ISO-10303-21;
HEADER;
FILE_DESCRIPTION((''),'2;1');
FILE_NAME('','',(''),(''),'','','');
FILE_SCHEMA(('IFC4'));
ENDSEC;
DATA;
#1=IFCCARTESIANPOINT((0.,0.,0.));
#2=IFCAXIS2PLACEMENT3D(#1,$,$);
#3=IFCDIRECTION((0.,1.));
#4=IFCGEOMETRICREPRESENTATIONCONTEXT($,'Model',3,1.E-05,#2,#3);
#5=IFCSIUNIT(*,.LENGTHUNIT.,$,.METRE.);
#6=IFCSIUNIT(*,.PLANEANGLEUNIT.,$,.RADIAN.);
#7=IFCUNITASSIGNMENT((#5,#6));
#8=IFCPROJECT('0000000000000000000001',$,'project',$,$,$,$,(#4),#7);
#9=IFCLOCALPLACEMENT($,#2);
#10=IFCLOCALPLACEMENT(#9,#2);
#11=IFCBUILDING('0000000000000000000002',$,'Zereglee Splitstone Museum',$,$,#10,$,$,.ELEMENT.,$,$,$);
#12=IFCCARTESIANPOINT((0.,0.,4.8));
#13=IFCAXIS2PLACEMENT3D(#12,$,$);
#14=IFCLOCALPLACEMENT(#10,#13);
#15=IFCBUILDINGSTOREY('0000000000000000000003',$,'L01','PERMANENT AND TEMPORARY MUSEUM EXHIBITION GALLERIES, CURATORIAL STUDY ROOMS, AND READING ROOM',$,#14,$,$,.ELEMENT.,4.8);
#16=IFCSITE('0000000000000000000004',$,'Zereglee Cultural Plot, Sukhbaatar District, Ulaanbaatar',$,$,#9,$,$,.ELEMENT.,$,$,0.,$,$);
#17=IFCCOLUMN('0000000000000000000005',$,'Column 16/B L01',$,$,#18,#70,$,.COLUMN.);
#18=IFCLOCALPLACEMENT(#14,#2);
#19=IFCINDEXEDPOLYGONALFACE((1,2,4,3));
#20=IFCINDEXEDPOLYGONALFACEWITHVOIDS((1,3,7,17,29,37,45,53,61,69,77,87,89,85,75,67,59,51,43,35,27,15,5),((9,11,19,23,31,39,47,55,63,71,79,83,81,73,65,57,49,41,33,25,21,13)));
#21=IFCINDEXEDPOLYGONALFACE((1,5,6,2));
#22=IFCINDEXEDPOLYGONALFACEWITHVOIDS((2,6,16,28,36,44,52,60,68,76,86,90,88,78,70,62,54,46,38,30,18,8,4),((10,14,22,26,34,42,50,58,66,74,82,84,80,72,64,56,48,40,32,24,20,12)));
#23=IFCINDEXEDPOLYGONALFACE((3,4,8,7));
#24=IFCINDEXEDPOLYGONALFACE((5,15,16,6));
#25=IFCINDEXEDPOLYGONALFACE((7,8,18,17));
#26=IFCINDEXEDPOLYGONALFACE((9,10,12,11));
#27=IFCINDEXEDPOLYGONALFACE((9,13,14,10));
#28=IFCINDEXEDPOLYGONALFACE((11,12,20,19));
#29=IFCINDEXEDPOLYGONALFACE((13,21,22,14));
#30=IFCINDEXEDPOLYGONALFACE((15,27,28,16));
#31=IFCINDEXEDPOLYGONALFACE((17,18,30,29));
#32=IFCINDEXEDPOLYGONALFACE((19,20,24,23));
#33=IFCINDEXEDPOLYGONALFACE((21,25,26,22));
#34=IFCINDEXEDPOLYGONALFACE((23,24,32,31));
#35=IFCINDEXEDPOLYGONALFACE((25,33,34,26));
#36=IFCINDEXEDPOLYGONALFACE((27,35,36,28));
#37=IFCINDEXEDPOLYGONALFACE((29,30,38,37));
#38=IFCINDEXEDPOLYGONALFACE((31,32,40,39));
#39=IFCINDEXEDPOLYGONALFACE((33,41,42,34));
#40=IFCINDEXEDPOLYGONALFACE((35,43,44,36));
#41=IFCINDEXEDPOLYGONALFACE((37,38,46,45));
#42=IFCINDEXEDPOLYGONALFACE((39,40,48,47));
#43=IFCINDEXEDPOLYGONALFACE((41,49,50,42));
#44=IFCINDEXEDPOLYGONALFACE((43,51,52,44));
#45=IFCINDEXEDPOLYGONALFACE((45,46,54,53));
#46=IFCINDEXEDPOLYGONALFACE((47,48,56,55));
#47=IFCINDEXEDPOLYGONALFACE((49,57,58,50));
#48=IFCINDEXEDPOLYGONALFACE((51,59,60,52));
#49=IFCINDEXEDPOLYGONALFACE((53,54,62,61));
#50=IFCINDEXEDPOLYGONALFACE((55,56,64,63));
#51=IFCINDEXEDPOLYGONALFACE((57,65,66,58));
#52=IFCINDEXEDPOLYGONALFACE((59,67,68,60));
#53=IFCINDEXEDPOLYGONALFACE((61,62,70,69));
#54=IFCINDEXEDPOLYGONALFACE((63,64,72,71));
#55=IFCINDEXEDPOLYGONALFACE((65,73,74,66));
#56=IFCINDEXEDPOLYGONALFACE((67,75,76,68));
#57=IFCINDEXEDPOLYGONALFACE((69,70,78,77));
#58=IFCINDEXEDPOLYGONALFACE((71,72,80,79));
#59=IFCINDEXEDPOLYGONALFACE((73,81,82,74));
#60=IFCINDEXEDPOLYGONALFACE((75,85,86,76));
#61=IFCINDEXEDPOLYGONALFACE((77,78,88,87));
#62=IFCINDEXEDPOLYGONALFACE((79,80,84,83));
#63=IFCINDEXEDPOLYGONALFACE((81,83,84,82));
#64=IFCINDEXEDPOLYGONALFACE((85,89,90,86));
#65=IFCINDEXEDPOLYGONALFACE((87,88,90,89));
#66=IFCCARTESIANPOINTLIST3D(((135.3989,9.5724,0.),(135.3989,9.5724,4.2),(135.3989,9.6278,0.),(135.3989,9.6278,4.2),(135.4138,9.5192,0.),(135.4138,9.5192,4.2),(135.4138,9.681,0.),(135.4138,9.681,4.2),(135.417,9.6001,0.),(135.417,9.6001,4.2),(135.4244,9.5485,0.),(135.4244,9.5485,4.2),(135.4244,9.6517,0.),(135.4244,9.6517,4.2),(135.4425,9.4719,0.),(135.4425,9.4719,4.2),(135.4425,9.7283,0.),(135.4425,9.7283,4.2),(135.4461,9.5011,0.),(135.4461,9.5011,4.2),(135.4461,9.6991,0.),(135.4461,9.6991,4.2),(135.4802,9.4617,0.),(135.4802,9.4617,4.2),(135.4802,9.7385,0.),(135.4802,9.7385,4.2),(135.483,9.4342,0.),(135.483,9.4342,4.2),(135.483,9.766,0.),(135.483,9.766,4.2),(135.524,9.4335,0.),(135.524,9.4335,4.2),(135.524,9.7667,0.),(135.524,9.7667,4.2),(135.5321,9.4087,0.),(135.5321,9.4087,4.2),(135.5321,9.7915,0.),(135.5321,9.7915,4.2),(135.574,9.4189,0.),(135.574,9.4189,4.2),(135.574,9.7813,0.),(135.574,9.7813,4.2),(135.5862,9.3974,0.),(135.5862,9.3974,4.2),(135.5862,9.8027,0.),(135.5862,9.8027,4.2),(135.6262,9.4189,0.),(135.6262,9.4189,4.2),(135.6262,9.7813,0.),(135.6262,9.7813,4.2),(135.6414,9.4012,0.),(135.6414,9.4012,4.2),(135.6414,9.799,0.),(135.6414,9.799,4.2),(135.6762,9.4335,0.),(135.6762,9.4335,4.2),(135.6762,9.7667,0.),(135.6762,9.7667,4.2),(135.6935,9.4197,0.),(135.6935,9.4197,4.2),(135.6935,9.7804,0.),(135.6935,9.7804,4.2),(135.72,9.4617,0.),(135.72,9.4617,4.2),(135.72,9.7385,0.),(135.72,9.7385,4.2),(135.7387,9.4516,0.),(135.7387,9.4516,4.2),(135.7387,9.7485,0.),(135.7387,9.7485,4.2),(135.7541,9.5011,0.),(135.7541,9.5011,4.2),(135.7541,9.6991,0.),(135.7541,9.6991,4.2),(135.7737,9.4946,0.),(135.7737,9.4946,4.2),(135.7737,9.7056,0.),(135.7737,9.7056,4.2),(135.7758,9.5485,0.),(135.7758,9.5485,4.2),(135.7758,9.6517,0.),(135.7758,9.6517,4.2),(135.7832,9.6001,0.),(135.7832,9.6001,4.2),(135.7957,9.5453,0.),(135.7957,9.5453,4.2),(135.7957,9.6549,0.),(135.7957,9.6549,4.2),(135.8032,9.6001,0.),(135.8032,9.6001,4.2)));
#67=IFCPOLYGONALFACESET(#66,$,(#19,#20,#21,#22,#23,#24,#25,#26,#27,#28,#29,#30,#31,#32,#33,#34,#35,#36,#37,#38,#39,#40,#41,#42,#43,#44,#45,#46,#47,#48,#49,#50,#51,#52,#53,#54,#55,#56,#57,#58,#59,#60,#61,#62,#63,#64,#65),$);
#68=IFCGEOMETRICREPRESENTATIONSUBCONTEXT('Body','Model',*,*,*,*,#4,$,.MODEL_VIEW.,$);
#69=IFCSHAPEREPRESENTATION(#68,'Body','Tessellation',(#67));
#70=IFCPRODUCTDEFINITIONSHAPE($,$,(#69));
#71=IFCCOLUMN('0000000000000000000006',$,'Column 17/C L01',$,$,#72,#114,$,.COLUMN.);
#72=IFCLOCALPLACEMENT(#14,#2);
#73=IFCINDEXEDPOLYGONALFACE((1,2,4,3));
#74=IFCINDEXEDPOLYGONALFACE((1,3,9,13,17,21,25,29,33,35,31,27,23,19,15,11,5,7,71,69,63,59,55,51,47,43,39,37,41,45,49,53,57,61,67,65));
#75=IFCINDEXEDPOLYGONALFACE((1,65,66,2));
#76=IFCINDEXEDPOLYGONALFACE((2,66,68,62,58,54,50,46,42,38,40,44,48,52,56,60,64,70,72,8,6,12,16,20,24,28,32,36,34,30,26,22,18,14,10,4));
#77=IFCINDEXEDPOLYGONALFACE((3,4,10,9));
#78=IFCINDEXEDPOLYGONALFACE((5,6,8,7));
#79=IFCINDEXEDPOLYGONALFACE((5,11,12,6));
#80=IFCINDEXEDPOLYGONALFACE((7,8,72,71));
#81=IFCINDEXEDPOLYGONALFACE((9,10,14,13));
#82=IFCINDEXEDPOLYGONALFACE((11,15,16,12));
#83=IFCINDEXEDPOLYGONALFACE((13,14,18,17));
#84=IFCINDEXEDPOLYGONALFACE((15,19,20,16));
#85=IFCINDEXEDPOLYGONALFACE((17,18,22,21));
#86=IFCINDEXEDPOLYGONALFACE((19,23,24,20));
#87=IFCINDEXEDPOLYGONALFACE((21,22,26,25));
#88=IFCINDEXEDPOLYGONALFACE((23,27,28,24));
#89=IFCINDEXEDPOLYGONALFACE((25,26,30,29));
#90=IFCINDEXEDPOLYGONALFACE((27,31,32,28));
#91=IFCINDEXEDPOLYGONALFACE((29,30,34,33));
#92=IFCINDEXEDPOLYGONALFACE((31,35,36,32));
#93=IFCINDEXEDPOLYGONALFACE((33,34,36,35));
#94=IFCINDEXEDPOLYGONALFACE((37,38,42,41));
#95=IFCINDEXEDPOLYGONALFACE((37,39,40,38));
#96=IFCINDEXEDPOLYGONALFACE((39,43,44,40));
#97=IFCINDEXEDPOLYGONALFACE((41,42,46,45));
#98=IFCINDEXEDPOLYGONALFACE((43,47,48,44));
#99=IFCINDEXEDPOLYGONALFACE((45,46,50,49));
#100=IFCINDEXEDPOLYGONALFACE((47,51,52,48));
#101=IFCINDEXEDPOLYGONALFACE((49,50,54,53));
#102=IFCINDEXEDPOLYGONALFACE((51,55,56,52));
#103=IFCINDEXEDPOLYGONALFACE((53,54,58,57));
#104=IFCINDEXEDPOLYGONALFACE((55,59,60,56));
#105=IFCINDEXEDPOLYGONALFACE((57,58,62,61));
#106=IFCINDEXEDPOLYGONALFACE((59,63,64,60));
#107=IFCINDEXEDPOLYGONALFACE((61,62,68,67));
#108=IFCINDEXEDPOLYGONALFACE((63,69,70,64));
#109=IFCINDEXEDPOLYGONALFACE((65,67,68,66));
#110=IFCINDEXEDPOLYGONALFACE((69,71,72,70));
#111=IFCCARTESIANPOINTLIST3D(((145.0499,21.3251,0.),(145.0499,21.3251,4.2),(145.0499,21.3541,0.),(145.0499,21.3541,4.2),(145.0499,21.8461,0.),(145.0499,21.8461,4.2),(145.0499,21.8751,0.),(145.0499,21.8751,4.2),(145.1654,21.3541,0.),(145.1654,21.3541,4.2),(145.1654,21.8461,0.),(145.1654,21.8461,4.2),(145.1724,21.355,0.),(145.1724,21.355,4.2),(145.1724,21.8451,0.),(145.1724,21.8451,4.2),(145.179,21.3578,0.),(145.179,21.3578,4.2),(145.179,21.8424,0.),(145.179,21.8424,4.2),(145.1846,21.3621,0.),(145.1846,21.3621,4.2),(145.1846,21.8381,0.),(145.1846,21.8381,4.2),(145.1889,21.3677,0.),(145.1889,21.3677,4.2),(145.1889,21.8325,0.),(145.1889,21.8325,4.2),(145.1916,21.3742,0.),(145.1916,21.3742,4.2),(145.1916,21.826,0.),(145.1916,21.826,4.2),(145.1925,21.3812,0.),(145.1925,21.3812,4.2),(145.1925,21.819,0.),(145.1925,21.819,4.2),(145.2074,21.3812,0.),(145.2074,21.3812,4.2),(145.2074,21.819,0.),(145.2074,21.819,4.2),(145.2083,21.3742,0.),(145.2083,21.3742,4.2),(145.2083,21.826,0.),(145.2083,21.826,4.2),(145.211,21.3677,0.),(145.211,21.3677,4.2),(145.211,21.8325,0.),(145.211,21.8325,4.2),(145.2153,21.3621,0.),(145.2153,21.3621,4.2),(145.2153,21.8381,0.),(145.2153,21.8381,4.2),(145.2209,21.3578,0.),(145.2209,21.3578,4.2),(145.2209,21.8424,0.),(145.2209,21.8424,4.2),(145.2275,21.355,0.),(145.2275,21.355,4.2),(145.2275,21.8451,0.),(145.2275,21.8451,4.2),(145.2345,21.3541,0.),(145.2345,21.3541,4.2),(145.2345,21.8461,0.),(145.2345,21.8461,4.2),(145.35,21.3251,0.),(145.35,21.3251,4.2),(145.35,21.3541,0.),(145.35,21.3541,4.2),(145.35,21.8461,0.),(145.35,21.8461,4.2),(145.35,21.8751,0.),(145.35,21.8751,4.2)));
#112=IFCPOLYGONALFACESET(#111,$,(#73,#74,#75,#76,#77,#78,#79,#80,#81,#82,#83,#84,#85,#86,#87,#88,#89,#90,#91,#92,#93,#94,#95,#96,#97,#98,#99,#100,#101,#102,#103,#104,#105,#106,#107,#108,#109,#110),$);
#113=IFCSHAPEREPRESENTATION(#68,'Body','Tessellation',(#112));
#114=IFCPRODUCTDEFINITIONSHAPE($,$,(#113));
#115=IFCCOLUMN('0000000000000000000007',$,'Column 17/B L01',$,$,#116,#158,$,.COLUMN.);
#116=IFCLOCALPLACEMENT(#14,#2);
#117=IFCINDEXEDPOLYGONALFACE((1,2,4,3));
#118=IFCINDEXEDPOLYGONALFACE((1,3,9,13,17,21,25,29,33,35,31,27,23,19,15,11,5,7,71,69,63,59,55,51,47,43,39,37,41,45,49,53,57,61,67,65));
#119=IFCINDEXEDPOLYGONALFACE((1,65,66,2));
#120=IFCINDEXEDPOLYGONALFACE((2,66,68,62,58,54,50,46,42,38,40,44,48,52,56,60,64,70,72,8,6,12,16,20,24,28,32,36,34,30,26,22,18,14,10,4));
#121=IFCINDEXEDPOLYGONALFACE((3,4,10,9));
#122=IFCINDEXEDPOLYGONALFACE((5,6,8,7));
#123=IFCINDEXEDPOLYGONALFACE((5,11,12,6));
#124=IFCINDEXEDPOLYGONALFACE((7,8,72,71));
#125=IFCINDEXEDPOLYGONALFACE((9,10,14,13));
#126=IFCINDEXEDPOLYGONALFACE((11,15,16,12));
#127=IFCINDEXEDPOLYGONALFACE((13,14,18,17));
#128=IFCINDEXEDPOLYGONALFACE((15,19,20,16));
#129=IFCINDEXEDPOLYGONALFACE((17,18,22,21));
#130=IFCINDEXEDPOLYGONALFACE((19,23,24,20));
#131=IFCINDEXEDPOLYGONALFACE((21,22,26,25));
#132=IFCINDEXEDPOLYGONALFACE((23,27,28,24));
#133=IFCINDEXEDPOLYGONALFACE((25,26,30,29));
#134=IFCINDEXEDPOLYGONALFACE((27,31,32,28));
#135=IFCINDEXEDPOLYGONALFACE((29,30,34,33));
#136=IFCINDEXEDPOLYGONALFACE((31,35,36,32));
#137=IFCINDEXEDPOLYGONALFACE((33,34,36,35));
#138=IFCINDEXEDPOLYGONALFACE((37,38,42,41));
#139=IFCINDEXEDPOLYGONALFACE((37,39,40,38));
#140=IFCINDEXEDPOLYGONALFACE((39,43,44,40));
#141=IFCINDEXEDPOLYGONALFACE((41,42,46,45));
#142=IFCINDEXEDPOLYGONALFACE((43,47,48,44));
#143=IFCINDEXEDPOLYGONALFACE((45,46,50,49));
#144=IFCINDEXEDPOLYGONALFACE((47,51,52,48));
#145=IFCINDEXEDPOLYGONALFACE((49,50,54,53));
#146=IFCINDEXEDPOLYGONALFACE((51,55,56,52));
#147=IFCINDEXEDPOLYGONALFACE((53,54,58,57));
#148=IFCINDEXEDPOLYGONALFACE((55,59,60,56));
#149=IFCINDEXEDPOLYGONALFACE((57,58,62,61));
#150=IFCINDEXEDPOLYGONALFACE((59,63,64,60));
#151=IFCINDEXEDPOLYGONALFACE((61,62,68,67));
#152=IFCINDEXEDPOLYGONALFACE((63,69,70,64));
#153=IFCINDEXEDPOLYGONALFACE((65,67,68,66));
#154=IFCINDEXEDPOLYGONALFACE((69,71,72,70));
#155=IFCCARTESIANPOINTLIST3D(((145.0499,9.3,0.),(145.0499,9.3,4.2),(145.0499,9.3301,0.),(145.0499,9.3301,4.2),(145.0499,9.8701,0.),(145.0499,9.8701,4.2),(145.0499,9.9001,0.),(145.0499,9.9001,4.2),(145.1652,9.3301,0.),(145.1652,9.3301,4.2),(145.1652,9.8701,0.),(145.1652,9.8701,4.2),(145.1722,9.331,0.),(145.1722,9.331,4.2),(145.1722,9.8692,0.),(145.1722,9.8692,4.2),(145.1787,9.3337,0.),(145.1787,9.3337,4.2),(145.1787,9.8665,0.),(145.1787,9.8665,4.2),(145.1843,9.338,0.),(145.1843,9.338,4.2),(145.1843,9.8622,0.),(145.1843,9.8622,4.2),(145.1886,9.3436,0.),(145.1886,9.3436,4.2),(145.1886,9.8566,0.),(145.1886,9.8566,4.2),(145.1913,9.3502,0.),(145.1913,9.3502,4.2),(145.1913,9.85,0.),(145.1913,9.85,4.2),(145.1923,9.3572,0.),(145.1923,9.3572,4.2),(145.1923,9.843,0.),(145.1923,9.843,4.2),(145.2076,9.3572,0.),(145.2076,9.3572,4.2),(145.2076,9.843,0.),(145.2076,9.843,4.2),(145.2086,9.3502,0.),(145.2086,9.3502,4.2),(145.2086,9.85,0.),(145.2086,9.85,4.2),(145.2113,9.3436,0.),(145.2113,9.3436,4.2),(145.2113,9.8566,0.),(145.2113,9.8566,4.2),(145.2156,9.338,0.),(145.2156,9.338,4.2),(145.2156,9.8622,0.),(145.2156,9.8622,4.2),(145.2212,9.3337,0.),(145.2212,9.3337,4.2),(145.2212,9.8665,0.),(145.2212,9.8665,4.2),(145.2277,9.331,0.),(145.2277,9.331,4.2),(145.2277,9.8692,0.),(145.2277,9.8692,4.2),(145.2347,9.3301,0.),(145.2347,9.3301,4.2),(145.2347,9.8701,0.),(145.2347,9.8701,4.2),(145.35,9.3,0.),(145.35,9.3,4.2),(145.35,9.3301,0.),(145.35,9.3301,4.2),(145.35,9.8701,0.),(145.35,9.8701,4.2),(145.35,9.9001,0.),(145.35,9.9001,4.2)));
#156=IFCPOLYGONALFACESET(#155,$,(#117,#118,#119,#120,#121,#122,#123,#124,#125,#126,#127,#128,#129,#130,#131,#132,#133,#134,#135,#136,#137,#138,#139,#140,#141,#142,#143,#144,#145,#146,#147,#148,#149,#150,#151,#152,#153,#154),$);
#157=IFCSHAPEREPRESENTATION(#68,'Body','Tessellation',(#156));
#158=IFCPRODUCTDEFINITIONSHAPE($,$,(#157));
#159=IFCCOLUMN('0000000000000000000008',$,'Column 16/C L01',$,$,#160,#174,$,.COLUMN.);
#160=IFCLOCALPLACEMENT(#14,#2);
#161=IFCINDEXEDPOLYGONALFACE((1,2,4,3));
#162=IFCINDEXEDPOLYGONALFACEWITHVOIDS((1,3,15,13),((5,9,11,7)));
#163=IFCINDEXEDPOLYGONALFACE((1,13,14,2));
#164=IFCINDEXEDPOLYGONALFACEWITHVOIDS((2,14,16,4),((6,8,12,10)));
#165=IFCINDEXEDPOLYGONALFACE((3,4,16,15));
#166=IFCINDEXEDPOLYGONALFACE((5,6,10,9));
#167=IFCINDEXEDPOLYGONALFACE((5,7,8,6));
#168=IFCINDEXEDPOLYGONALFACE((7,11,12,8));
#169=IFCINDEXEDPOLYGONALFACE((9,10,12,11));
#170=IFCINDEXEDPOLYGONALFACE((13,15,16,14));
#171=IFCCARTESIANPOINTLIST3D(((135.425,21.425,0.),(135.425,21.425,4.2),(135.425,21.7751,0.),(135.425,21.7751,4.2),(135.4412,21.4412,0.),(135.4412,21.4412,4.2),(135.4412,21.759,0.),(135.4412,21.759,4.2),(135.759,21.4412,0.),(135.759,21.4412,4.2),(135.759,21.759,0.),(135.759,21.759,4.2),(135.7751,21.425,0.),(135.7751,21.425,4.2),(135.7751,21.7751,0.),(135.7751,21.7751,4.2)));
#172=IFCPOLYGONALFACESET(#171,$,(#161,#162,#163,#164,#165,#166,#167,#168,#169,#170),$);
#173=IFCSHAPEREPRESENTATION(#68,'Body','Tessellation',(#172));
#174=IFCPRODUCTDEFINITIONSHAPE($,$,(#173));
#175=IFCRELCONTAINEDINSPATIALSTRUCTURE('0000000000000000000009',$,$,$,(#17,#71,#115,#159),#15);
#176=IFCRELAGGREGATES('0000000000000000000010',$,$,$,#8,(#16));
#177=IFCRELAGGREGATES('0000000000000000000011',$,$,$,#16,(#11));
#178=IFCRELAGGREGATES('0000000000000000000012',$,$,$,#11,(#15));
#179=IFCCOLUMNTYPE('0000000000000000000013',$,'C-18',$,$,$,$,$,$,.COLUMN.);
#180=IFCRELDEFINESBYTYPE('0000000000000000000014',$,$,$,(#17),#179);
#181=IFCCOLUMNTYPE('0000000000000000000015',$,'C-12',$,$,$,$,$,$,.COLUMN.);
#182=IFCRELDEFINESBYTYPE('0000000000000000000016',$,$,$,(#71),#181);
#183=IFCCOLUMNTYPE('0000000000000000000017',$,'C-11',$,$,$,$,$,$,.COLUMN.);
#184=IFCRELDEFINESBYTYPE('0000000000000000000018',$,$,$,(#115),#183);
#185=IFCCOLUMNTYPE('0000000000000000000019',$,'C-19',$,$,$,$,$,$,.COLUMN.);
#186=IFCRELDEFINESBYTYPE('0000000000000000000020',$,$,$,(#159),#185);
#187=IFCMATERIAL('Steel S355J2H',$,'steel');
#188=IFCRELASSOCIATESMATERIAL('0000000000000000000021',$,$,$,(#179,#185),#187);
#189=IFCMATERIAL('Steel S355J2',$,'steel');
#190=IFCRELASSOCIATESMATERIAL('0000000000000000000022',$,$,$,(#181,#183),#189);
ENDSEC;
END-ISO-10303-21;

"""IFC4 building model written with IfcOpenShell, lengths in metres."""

from ifc_helpers import new_model, si_unit, direction, frame, origin, origin_2d, place, context, subcontext, project, spatial, hollow_rectangle, hollow_circle, i_section, extrude, material, material_profile, profile_set, type_object, element, save


model = new_model("IFC4")

# Units and contexts
model_context = context("Model", 3, precision=1e-05, world=origin(), true_north=direction((0.0, 1.0)))
body_context = subcontext(model_context, "Body", "Model", "MODEL_VIEW")
ifc_project = project(units=[si_unit("LENGTHUNIT", "METRE"), si_unit("PLANEANGLEUNIT", "RADIAN")], contexts=[model_context])

# Site, building, storey
site_placement = place(None, origin())
site = spatial("IfcSite", under=ifc_project, at=site_placement, Name="Zereglee Cultural Plot, Sukhbaatar District, Ulaanbaatar", CompositionType="ELEMENT", RefElevation=0.0)
building_placement = place(site_placement, origin())
building = spatial("IfcBuilding", under=site, at=building_placement, Name="Zereglee Splitstone Museum", CompositionType="ELEMENT")
storey_placement = place(building_placement, frame((0.0, 0.0, 4.8)))
storey = spatial("IfcBuildingStorey", under=building, at=storey_placement, Name="L01", Description="PERMANENT AND TEMPORARY MUSEUM EXHIBITION GALLERIES, CURATORIAL STUDY ROOMS, AND READING ROOM", CompositionType="ELEMENT", Elevation=4.8)

# Columns
ifc_material_1 = material(Name="Steel S355J2H", Category="steel")
ifc_material_profile_1 = material_profile(ifc_material_1, hollow_circle(Radius=0.2031, WallThickness=0.02, at=origin_2d()), Name="CHS 406.4x20")
ifc_profile_set_1 = profile_set([ifc_material_profile_1], Name="Steel S355J2H")
column_type_1 = type_object("IfcColumnType", Name="C-18", PredefinedType="COLUMN", material=ifc_profile_set_1)
column_1_placement = place(storey_placement, frame((135.6001, 9.6001, 0.0), z_axis=(0.0, 0.0, 1.0), x_axis=(1.0, 0.0, 0.0)))
element("IfcColumn", 1, at=column_1_placement, inside=storey, type_object=column_type_1, Name="Column 16/B L01", PredefinedType="COLUMN", context=body_context, shape_type="SweptSolid", body=[
    extrude(hollow_circle(Radius=0.2031, WallThickness=0.02, at=origin_2d()), origin(), (0.0, 0.0, 1.0), 4.2),
])
ifc_material_2 = material(Name="Steel S355J2", Category="steel")
ifc_material_profile_2 = material_profile(ifc_material_2, i_section(OverallWidth=0.3, OverallDepth=0.55, WebThickness=0.0149, FlangeThickness=0.0291, FilletRadius=0.0271, at=origin_2d()), Name="HE 550 B")
ifc_profile_set_2 = profile_set([ifc_material_profile_2], Name="Steel S355J2")
column_type_2 = type_object("IfcColumnType", Name="C-12", PredefinedType="COLUMN", material=ifc_profile_set_2)
column_2_placement = place(storey_placement, frame((145.2, 21.6001, 0.0), z_axis=(0.0, 0.0, 1.0), x_axis=(1.0, 0.0, 0.0)))
element("IfcColumn", 2, at=column_2_placement, inside=storey, type_object=column_type_2, Name="Column 17/C L01", PredefinedType="COLUMN", context=body_context, shape_type="SweptSolid", body=[
    extrude(i_section(OverallWidth=0.3, OverallDepth=0.55, WebThickness=0.0149, FlangeThickness=0.0291, FilletRadius=0.0271, at=origin_2d()), origin(), (0.0, 0.0, 1.0), 4.2),
])
ifc_material_profile_3 = material_profile(ifc_material_2, i_section(OverallWidth=0.3, OverallDepth=0.6001, WebThickness=0.0154, FlangeThickness=0.03, FilletRadius=0.0271, at=origin_2d()), Name="HE 600 B")
ifc_profile_set_3 = profile_set([ifc_material_profile_3], Name="Steel S355J2")
column_type_3 = type_object("IfcColumnType", Name="C-11", PredefinedType="COLUMN", material=ifc_profile_set_3)
column_3_placement = place(storey_placement, frame((145.2, 9.6001, 0.0), z_axis=(0.0, 0.0, 1.0), x_axis=(1.0, 0.0, 0.0)))
element("IfcColumn", 3, at=column_3_placement, inside=storey, type_object=column_type_3, Name="Column 17/B L01", PredefinedType="COLUMN", context=body_context, shape_type="SweptSolid", body=[
    extrude(i_section(OverallWidth=0.3, OverallDepth=0.6001, WebThickness=0.0154, FlangeThickness=0.03, FilletRadius=0.0271, at=origin_2d()), origin(), (0.0, 0.0, 1.0), 4.2),
])
ifc_material_profile_4 = material_profile(ifc_material_1, hollow_rectangle(XDim=0.3501, YDim=0.3501, WallThickness=0.0161, at=origin_2d()), Name="SHS 350x350x16")
ifc_profile_set_4 = profile_set([ifc_material_profile_4], Name="Steel S355J2H")
column_type_4 = type_object("IfcColumnType", Name="C-19", PredefinedType="COLUMN", material=ifc_profile_set_4)
column_4_placement = place(storey_placement, frame((135.6001, 21.6001, 0.0), z_axis=(0.0, 0.0, 1.0), x_axis=(1.0, 0.0, 0.0)))
element("IfcColumn", 4, at=column_4_placement, inside=storey, type_object=column_type_4, Name="Column 16/C L01", PredefinedType="COLUMN", context=body_context, shape_type="SweptSolid", body=[
    extrude(hollow_rectangle(XDim=0.3501, YDim=0.3501, WallThickness=0.0161, at=origin_2d()), origin(), (0.0, 0.0, 1.0), 4.2),
])

save(model, "model.ifc")
